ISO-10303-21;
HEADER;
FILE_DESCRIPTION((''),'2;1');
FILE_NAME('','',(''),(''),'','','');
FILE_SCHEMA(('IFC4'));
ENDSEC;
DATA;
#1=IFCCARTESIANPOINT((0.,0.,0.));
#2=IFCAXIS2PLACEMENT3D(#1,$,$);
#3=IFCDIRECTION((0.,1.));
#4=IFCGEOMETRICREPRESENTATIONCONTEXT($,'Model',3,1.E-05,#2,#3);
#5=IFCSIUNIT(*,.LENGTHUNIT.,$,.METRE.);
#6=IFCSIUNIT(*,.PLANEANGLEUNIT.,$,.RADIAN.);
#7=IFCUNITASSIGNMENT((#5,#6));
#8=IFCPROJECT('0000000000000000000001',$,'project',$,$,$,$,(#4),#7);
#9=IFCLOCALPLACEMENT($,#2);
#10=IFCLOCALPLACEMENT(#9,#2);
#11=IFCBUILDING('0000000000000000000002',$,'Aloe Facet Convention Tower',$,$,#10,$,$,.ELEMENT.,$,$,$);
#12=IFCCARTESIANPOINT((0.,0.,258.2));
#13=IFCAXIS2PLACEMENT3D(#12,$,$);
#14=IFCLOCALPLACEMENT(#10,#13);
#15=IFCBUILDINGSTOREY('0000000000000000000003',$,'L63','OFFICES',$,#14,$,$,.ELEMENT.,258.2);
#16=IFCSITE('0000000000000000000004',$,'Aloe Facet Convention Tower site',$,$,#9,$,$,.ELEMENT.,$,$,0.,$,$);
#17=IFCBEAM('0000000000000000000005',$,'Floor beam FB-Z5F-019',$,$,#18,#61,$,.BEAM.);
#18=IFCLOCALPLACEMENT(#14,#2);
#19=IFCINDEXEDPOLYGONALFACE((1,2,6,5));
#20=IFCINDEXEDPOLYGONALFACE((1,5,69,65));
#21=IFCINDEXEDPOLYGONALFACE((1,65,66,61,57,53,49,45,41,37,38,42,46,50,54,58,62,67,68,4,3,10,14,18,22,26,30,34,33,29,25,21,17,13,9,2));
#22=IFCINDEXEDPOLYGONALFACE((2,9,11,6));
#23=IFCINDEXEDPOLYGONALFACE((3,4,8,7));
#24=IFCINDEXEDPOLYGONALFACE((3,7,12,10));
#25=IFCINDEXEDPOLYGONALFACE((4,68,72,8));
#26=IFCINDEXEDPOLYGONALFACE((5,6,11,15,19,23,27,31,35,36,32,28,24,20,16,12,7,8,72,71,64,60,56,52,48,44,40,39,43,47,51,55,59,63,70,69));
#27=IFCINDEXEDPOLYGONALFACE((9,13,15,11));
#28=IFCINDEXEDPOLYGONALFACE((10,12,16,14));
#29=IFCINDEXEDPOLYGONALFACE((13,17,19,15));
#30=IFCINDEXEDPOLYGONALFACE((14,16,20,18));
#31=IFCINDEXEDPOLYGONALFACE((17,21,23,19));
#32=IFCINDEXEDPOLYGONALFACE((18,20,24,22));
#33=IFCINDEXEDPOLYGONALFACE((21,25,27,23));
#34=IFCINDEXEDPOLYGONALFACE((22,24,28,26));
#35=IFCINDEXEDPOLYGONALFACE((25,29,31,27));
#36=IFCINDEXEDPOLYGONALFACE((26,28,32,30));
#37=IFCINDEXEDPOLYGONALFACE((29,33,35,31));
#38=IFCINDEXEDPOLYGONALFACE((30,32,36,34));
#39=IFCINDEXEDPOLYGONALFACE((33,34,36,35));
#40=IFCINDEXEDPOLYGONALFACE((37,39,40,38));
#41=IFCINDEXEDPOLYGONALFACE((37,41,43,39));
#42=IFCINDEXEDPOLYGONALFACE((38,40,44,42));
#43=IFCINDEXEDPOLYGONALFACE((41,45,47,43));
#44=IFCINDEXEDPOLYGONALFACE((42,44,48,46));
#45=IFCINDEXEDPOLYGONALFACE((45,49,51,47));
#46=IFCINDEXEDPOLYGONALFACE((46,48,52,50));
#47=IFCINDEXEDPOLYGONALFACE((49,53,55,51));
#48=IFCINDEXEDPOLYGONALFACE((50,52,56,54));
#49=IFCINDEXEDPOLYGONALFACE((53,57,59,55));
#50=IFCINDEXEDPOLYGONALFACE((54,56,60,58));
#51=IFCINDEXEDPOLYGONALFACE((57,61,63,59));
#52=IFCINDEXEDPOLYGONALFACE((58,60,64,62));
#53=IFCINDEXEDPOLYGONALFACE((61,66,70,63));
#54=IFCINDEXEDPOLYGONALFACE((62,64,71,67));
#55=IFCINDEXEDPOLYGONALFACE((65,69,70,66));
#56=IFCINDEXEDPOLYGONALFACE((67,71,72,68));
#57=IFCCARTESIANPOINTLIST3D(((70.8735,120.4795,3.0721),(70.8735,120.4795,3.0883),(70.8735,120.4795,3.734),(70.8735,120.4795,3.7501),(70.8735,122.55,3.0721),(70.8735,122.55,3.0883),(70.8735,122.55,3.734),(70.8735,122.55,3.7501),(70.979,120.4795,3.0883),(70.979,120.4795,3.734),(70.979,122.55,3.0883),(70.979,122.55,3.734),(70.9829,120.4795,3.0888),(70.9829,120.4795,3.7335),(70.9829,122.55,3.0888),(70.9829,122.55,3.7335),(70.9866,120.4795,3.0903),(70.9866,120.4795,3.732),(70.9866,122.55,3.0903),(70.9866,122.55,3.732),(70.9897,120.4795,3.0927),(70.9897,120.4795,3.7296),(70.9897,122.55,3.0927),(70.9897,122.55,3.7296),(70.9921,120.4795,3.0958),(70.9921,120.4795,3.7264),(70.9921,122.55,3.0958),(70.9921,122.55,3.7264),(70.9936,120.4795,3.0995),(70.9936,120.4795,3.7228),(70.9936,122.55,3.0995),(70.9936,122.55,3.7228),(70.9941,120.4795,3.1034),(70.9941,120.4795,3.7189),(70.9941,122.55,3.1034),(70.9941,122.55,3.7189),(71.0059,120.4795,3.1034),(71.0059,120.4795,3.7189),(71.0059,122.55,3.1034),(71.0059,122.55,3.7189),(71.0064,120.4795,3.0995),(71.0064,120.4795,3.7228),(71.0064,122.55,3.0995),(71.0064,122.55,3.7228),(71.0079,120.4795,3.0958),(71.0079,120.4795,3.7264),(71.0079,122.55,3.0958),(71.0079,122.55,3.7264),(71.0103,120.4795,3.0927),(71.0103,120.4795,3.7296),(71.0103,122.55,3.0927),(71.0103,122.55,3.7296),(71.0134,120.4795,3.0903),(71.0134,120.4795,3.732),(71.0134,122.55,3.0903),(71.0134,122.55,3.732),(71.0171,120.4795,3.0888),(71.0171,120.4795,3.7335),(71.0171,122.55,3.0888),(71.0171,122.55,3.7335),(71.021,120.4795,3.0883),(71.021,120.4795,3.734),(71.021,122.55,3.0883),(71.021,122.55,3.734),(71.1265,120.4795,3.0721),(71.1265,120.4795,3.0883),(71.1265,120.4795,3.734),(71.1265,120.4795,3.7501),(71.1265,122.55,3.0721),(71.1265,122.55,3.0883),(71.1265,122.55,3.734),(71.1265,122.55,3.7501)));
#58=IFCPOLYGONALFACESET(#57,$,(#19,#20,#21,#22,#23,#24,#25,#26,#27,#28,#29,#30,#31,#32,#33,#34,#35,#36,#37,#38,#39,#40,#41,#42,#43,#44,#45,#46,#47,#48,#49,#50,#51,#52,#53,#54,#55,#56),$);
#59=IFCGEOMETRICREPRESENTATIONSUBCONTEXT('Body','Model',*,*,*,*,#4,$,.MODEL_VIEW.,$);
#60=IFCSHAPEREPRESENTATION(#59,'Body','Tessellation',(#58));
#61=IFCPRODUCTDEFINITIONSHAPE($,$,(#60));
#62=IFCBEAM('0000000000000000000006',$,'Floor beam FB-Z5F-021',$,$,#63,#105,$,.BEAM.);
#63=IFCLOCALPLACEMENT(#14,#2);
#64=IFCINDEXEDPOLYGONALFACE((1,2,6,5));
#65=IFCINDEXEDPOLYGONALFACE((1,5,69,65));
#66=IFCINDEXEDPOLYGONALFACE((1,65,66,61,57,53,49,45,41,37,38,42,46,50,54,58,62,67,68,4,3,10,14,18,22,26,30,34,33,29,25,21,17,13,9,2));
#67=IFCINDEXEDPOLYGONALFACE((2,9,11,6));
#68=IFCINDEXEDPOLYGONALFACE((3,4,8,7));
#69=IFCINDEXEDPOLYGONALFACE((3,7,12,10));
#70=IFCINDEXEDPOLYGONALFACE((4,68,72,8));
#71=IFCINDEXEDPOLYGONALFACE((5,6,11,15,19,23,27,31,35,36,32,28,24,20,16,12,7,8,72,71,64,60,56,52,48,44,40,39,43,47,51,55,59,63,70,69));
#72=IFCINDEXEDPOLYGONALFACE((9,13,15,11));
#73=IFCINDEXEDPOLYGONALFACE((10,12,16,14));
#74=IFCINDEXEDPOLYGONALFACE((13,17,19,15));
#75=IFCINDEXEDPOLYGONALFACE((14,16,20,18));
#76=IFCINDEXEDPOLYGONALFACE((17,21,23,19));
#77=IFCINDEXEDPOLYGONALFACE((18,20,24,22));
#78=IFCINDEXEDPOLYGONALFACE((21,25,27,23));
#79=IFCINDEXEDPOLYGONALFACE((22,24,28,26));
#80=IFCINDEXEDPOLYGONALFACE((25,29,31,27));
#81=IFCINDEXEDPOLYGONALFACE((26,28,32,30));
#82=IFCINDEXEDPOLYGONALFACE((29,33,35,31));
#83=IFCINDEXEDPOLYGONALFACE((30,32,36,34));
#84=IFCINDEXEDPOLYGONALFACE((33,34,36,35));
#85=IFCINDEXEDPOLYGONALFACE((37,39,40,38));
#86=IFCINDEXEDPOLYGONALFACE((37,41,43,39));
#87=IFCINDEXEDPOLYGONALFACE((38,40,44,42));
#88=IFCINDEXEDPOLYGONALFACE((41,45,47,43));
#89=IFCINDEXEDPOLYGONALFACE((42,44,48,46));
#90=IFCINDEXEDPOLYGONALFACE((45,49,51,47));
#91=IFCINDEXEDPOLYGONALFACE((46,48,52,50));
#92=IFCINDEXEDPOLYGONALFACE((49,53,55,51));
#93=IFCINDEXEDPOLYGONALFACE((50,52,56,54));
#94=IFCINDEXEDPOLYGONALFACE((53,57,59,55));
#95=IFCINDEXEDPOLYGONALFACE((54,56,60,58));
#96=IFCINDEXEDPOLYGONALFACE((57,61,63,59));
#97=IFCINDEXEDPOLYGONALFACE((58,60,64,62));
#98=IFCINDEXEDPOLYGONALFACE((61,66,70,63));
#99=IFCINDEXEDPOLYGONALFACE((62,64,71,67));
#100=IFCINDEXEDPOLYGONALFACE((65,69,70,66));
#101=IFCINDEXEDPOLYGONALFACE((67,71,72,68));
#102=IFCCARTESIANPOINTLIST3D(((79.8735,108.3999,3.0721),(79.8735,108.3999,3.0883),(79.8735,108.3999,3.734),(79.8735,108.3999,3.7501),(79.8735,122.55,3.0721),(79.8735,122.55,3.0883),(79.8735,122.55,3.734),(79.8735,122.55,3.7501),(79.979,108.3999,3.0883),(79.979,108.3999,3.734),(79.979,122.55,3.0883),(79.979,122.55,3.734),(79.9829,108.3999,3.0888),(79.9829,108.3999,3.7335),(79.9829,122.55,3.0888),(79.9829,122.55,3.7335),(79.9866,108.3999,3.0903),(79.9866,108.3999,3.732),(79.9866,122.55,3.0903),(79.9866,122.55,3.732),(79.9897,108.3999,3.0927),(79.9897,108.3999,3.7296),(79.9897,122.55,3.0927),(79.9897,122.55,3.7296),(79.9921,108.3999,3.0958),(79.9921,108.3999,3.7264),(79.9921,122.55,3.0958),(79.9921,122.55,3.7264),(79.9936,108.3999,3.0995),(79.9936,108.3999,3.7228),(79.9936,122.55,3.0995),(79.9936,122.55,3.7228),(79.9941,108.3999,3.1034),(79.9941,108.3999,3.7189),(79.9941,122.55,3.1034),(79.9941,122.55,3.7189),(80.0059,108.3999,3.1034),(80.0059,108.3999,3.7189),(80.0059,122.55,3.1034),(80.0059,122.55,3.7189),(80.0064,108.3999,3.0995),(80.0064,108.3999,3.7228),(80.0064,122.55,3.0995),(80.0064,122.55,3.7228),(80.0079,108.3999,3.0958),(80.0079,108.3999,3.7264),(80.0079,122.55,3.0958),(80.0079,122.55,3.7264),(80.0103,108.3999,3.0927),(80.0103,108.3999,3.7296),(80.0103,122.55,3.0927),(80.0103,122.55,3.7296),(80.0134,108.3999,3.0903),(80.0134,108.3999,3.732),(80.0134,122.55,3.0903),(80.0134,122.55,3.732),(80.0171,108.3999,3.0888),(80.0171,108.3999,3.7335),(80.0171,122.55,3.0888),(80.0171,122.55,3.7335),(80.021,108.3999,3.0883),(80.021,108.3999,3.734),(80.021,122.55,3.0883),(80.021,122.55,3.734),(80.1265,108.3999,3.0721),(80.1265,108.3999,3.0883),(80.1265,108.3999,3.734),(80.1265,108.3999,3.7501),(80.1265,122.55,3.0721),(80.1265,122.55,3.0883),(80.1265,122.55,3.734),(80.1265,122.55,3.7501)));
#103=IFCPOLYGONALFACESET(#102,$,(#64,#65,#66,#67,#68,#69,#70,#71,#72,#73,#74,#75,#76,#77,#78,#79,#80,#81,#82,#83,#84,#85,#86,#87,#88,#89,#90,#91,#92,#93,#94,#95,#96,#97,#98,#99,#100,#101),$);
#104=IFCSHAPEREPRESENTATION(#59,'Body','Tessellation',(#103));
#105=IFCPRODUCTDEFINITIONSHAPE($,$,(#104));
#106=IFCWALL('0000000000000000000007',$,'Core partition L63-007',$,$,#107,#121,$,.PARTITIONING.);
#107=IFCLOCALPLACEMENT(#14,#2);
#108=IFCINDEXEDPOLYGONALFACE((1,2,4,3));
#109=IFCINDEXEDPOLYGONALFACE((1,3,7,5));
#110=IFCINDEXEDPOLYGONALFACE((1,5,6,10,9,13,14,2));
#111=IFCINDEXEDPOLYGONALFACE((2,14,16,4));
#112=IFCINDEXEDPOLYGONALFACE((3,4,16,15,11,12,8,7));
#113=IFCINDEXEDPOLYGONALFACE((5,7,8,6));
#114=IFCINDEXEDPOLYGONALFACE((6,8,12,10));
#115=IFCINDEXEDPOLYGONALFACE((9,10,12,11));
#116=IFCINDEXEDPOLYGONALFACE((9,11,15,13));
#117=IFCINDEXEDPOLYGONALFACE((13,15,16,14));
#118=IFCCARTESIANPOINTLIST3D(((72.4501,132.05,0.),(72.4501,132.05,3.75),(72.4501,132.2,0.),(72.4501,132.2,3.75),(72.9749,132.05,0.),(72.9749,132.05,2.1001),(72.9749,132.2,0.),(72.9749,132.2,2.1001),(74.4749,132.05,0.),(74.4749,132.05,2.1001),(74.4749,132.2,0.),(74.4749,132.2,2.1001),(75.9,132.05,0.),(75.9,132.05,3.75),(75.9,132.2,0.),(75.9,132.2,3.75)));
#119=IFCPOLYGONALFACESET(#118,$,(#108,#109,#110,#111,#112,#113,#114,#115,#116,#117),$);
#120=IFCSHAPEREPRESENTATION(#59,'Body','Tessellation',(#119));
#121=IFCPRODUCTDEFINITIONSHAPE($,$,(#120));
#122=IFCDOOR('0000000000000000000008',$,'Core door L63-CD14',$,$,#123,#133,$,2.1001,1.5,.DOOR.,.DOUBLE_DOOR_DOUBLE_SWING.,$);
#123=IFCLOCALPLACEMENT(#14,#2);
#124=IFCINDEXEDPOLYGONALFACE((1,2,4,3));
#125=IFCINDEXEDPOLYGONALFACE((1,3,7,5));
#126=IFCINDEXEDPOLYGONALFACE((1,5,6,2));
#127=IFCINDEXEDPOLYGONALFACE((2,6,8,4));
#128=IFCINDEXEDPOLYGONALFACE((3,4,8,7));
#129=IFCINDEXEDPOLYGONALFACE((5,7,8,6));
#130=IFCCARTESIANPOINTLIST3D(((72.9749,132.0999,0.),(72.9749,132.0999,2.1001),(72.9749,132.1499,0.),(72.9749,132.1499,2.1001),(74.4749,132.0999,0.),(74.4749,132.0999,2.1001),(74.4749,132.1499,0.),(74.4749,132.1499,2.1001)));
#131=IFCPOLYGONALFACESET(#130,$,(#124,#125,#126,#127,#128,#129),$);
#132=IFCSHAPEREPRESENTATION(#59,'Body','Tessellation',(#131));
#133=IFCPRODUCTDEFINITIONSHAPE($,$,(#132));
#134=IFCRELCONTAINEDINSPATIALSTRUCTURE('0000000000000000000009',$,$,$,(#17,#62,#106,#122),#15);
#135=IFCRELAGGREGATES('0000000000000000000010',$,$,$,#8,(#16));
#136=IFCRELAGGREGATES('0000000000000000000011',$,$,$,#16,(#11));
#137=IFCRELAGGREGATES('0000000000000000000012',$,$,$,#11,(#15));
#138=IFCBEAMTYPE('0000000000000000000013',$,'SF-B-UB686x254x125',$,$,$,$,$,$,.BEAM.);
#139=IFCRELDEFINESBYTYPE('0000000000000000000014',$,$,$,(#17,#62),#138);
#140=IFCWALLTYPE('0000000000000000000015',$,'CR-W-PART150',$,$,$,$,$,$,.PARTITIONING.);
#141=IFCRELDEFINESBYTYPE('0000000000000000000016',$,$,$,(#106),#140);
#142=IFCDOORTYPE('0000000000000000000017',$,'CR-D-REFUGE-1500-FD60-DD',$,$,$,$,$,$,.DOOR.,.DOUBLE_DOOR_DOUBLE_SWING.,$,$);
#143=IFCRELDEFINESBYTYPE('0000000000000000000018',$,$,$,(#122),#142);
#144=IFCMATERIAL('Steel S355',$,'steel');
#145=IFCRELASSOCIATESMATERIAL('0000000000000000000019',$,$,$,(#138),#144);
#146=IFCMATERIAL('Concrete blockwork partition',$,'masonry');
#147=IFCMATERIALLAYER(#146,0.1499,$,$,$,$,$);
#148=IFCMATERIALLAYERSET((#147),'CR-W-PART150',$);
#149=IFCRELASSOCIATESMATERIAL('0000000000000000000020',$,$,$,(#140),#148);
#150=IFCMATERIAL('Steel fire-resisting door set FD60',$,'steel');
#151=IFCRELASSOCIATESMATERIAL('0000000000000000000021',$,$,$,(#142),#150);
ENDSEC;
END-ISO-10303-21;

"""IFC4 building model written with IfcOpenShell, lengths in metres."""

from ifc_helpers import new_model, si_unit, direction, frame, frame_2d, origin, origin_2d, place, context, subcontext, project, spatial, rectangle, i_section, extrude, material, layer, layer_set, material_profile, profile_set, type_object, element, fill, save


model = new_model("IFC4")

# Units and contexts
model_context = context("Model", 3, precision=1e-05, world=origin(), true_north=direction((0.0, 1.0)))
body_context = subcontext(model_context, "Body", "Model", "MODEL_VIEW")
ifc_project = project(units=[si_unit("LENGTHUNIT", "METRE"), si_unit("PLANEANGLEUNIT", "RADIAN")], contexts=[model_context])

# Site, building, storey
site_placement = place(None, origin())
site = spatial("IfcSite", under=ifc_project, at=site_placement, Name="Aloe Facet Convention Tower site", CompositionType="ELEMENT", RefElevation=0.0)
building_placement = place(site_placement, origin())
building = spatial("IfcBuilding", under=site, at=building_placement, Name="Aloe Facet Convention Tower", CompositionType="ELEMENT")
storey_placement = place(building_placement, frame((0.0, 0.0, 258.2)))
storey = spatial("IfcBuildingStorey", under=building, at=storey_placement, Name="L63", Description="OFFICES", CompositionType="ELEMENT", Elevation=258.2)

# Beams
ifc_material_1 = material(Name="Steel S355", Category="steel")
ifc_material_profile = material_profile(ifc_material_1, i_section(OverallWidth=0.2529, OverallDepth=0.678, WebThickness=0.0117, FlangeThickness=0.0161, FilletRadius=0.0151, at=origin_2d()), Name="UB 686x254x125")
ifc_profile_set = profile_set([ifc_material_profile], Name="Steel S355")
beam_type = type_object("IfcBeamType", Name="SF-B-UB686x254x125", PredefinedType="BEAM", material=ifc_profile_set)
beam_1_placement = place(storey_placement, frame((71.0, 122.55, 3.4111), z_axis=(0.0, -1.0, 0.0), x_axis=(1.0, 0.0, 0.0)))
element("IfcBeam", 1, at=beam_1_placement, inside=storey, type_object=beam_type, Name="Floor beam FB-Z5F-019", PredefinedType="BEAM", context=body_context, shape_type="SweptSolid", body=[
    extrude(i_section(OverallWidth=0.2529, OverallDepth=0.678, WebThickness=0.0117, FlangeThickness=0.0161, FilletRadius=0.0151, at=origin_2d()), origin(), (0.0, 0.0, 1.0), 2.0706),
])
beam_2_placement = place(storey_placement, frame((80.0, 122.55, 3.4111), z_axis=(0.0, -1.0, 0.0), x_axis=(1.0, 0.0, 0.0)))
element("IfcBeam", 2, at=beam_2_placement, inside=storey, type_object=beam_type, Name="Floor beam FB-Z5F-021", PredefinedType="BEAM", context=body_context, shape_type="SweptSolid", body=[
    extrude(i_section(OverallWidth=0.2529, OverallDepth=0.678, WebThickness=0.0117, FlangeThickness=0.0161, FilletRadius=0.0151, at=origin_2d()), origin(), (0.0, 0.0, 1.0), 14.1501),
])

# Wall, opening, door
ifc_material_2 = material(Name="Concrete blockwork partition", Category="masonry")
ifc_layer_1 = layer(ifc_material_2, 0.1499)
ifc_layer_set_1 = layer_set([ifc_layer_1], Name="CR-W-PART150")
wall_type_1 = type_object("IfcWallType", Name="CR-W-PART150", PredefinedType="PARTITIONING", material=ifc_layer_set_1)
wall_1_placement = place(storey_placement, frame((72.45, 132.125, 0.0), z_axis=(0.0, 0.0, 1.0), x_axis=(1.0, 0.0, 0.0)))
wall_1 = element("IfcWall", 3, at=wall_1_placement, inside=storey, type_object=wall_type_1, Name="Core partition L63-007", PredefinedType="PARTITIONING", context=body_context, shape_type="SweptSolid", body=[
    extrude(rectangle(XDim=3.45, YDim=0.1499, at=frame_2d((1.7251, 0.0))), origin(), (0.0, 0.0, 1.0), 3.75),
])
opening_1_placement = place(wall_1_placement, frame((0.5249, 0.0, 0.0)))
opening_1 = element("IfcOpeningElement", 4, at=opening_1_placement, cuts=wall_1, PredefinedType="OPENING", context=body_context, shape_type="SweptSolid", body=[
    extrude(rectangle(XDim=1.5, YDim=2.1001, at=frame_2d((0.75, 1.05))), frame((0.0, 0.085, 0.0), z_axis=(0.0, -1.0, 0.0), x_axis=(1.0, 0.0, 0.0)), (0.0, 0.0, 1.0), 0.1699),
])
ifc_material_3 = material(Name="Steel fire-resisting door set FD60", Category="steel")
door_type_1 = type_object("IfcDoorType", Name="CR-D-REFUGE-1500-FD60-DD", OperationType="DOUBLE_DOOR_DOUBLE_SWING", PredefinedType="DOOR", material=ifc_material_3)
door_1_placement = place(opening_1_placement, origin())
door_1 = element("IfcDoor", 5, at=door_1_placement, inside=storey, type_object=door_type_1, Name="Core door L63-CD14", OperationType="DOUBLE_DOOR_DOUBLE_SWING", OverallHeight=2.1001, OverallWidth=1.5, PredefinedType="DOOR", context=body_context, shape_type="SweptSolid", body=[
    extrude(rectangle(XDim=1.5, YDim=2.1001, at=frame_2d((0.75, 1.05))), frame((0.0, 0.0249, 0.0), z_axis=(0.0, -1.0, 0.0), x_axis=(1.0, 0.0, 0.0)), (0.0, 0.0, 1.0), 0.05),
])
fill(opening_1, door_1)

save(model, "model.ifc")
